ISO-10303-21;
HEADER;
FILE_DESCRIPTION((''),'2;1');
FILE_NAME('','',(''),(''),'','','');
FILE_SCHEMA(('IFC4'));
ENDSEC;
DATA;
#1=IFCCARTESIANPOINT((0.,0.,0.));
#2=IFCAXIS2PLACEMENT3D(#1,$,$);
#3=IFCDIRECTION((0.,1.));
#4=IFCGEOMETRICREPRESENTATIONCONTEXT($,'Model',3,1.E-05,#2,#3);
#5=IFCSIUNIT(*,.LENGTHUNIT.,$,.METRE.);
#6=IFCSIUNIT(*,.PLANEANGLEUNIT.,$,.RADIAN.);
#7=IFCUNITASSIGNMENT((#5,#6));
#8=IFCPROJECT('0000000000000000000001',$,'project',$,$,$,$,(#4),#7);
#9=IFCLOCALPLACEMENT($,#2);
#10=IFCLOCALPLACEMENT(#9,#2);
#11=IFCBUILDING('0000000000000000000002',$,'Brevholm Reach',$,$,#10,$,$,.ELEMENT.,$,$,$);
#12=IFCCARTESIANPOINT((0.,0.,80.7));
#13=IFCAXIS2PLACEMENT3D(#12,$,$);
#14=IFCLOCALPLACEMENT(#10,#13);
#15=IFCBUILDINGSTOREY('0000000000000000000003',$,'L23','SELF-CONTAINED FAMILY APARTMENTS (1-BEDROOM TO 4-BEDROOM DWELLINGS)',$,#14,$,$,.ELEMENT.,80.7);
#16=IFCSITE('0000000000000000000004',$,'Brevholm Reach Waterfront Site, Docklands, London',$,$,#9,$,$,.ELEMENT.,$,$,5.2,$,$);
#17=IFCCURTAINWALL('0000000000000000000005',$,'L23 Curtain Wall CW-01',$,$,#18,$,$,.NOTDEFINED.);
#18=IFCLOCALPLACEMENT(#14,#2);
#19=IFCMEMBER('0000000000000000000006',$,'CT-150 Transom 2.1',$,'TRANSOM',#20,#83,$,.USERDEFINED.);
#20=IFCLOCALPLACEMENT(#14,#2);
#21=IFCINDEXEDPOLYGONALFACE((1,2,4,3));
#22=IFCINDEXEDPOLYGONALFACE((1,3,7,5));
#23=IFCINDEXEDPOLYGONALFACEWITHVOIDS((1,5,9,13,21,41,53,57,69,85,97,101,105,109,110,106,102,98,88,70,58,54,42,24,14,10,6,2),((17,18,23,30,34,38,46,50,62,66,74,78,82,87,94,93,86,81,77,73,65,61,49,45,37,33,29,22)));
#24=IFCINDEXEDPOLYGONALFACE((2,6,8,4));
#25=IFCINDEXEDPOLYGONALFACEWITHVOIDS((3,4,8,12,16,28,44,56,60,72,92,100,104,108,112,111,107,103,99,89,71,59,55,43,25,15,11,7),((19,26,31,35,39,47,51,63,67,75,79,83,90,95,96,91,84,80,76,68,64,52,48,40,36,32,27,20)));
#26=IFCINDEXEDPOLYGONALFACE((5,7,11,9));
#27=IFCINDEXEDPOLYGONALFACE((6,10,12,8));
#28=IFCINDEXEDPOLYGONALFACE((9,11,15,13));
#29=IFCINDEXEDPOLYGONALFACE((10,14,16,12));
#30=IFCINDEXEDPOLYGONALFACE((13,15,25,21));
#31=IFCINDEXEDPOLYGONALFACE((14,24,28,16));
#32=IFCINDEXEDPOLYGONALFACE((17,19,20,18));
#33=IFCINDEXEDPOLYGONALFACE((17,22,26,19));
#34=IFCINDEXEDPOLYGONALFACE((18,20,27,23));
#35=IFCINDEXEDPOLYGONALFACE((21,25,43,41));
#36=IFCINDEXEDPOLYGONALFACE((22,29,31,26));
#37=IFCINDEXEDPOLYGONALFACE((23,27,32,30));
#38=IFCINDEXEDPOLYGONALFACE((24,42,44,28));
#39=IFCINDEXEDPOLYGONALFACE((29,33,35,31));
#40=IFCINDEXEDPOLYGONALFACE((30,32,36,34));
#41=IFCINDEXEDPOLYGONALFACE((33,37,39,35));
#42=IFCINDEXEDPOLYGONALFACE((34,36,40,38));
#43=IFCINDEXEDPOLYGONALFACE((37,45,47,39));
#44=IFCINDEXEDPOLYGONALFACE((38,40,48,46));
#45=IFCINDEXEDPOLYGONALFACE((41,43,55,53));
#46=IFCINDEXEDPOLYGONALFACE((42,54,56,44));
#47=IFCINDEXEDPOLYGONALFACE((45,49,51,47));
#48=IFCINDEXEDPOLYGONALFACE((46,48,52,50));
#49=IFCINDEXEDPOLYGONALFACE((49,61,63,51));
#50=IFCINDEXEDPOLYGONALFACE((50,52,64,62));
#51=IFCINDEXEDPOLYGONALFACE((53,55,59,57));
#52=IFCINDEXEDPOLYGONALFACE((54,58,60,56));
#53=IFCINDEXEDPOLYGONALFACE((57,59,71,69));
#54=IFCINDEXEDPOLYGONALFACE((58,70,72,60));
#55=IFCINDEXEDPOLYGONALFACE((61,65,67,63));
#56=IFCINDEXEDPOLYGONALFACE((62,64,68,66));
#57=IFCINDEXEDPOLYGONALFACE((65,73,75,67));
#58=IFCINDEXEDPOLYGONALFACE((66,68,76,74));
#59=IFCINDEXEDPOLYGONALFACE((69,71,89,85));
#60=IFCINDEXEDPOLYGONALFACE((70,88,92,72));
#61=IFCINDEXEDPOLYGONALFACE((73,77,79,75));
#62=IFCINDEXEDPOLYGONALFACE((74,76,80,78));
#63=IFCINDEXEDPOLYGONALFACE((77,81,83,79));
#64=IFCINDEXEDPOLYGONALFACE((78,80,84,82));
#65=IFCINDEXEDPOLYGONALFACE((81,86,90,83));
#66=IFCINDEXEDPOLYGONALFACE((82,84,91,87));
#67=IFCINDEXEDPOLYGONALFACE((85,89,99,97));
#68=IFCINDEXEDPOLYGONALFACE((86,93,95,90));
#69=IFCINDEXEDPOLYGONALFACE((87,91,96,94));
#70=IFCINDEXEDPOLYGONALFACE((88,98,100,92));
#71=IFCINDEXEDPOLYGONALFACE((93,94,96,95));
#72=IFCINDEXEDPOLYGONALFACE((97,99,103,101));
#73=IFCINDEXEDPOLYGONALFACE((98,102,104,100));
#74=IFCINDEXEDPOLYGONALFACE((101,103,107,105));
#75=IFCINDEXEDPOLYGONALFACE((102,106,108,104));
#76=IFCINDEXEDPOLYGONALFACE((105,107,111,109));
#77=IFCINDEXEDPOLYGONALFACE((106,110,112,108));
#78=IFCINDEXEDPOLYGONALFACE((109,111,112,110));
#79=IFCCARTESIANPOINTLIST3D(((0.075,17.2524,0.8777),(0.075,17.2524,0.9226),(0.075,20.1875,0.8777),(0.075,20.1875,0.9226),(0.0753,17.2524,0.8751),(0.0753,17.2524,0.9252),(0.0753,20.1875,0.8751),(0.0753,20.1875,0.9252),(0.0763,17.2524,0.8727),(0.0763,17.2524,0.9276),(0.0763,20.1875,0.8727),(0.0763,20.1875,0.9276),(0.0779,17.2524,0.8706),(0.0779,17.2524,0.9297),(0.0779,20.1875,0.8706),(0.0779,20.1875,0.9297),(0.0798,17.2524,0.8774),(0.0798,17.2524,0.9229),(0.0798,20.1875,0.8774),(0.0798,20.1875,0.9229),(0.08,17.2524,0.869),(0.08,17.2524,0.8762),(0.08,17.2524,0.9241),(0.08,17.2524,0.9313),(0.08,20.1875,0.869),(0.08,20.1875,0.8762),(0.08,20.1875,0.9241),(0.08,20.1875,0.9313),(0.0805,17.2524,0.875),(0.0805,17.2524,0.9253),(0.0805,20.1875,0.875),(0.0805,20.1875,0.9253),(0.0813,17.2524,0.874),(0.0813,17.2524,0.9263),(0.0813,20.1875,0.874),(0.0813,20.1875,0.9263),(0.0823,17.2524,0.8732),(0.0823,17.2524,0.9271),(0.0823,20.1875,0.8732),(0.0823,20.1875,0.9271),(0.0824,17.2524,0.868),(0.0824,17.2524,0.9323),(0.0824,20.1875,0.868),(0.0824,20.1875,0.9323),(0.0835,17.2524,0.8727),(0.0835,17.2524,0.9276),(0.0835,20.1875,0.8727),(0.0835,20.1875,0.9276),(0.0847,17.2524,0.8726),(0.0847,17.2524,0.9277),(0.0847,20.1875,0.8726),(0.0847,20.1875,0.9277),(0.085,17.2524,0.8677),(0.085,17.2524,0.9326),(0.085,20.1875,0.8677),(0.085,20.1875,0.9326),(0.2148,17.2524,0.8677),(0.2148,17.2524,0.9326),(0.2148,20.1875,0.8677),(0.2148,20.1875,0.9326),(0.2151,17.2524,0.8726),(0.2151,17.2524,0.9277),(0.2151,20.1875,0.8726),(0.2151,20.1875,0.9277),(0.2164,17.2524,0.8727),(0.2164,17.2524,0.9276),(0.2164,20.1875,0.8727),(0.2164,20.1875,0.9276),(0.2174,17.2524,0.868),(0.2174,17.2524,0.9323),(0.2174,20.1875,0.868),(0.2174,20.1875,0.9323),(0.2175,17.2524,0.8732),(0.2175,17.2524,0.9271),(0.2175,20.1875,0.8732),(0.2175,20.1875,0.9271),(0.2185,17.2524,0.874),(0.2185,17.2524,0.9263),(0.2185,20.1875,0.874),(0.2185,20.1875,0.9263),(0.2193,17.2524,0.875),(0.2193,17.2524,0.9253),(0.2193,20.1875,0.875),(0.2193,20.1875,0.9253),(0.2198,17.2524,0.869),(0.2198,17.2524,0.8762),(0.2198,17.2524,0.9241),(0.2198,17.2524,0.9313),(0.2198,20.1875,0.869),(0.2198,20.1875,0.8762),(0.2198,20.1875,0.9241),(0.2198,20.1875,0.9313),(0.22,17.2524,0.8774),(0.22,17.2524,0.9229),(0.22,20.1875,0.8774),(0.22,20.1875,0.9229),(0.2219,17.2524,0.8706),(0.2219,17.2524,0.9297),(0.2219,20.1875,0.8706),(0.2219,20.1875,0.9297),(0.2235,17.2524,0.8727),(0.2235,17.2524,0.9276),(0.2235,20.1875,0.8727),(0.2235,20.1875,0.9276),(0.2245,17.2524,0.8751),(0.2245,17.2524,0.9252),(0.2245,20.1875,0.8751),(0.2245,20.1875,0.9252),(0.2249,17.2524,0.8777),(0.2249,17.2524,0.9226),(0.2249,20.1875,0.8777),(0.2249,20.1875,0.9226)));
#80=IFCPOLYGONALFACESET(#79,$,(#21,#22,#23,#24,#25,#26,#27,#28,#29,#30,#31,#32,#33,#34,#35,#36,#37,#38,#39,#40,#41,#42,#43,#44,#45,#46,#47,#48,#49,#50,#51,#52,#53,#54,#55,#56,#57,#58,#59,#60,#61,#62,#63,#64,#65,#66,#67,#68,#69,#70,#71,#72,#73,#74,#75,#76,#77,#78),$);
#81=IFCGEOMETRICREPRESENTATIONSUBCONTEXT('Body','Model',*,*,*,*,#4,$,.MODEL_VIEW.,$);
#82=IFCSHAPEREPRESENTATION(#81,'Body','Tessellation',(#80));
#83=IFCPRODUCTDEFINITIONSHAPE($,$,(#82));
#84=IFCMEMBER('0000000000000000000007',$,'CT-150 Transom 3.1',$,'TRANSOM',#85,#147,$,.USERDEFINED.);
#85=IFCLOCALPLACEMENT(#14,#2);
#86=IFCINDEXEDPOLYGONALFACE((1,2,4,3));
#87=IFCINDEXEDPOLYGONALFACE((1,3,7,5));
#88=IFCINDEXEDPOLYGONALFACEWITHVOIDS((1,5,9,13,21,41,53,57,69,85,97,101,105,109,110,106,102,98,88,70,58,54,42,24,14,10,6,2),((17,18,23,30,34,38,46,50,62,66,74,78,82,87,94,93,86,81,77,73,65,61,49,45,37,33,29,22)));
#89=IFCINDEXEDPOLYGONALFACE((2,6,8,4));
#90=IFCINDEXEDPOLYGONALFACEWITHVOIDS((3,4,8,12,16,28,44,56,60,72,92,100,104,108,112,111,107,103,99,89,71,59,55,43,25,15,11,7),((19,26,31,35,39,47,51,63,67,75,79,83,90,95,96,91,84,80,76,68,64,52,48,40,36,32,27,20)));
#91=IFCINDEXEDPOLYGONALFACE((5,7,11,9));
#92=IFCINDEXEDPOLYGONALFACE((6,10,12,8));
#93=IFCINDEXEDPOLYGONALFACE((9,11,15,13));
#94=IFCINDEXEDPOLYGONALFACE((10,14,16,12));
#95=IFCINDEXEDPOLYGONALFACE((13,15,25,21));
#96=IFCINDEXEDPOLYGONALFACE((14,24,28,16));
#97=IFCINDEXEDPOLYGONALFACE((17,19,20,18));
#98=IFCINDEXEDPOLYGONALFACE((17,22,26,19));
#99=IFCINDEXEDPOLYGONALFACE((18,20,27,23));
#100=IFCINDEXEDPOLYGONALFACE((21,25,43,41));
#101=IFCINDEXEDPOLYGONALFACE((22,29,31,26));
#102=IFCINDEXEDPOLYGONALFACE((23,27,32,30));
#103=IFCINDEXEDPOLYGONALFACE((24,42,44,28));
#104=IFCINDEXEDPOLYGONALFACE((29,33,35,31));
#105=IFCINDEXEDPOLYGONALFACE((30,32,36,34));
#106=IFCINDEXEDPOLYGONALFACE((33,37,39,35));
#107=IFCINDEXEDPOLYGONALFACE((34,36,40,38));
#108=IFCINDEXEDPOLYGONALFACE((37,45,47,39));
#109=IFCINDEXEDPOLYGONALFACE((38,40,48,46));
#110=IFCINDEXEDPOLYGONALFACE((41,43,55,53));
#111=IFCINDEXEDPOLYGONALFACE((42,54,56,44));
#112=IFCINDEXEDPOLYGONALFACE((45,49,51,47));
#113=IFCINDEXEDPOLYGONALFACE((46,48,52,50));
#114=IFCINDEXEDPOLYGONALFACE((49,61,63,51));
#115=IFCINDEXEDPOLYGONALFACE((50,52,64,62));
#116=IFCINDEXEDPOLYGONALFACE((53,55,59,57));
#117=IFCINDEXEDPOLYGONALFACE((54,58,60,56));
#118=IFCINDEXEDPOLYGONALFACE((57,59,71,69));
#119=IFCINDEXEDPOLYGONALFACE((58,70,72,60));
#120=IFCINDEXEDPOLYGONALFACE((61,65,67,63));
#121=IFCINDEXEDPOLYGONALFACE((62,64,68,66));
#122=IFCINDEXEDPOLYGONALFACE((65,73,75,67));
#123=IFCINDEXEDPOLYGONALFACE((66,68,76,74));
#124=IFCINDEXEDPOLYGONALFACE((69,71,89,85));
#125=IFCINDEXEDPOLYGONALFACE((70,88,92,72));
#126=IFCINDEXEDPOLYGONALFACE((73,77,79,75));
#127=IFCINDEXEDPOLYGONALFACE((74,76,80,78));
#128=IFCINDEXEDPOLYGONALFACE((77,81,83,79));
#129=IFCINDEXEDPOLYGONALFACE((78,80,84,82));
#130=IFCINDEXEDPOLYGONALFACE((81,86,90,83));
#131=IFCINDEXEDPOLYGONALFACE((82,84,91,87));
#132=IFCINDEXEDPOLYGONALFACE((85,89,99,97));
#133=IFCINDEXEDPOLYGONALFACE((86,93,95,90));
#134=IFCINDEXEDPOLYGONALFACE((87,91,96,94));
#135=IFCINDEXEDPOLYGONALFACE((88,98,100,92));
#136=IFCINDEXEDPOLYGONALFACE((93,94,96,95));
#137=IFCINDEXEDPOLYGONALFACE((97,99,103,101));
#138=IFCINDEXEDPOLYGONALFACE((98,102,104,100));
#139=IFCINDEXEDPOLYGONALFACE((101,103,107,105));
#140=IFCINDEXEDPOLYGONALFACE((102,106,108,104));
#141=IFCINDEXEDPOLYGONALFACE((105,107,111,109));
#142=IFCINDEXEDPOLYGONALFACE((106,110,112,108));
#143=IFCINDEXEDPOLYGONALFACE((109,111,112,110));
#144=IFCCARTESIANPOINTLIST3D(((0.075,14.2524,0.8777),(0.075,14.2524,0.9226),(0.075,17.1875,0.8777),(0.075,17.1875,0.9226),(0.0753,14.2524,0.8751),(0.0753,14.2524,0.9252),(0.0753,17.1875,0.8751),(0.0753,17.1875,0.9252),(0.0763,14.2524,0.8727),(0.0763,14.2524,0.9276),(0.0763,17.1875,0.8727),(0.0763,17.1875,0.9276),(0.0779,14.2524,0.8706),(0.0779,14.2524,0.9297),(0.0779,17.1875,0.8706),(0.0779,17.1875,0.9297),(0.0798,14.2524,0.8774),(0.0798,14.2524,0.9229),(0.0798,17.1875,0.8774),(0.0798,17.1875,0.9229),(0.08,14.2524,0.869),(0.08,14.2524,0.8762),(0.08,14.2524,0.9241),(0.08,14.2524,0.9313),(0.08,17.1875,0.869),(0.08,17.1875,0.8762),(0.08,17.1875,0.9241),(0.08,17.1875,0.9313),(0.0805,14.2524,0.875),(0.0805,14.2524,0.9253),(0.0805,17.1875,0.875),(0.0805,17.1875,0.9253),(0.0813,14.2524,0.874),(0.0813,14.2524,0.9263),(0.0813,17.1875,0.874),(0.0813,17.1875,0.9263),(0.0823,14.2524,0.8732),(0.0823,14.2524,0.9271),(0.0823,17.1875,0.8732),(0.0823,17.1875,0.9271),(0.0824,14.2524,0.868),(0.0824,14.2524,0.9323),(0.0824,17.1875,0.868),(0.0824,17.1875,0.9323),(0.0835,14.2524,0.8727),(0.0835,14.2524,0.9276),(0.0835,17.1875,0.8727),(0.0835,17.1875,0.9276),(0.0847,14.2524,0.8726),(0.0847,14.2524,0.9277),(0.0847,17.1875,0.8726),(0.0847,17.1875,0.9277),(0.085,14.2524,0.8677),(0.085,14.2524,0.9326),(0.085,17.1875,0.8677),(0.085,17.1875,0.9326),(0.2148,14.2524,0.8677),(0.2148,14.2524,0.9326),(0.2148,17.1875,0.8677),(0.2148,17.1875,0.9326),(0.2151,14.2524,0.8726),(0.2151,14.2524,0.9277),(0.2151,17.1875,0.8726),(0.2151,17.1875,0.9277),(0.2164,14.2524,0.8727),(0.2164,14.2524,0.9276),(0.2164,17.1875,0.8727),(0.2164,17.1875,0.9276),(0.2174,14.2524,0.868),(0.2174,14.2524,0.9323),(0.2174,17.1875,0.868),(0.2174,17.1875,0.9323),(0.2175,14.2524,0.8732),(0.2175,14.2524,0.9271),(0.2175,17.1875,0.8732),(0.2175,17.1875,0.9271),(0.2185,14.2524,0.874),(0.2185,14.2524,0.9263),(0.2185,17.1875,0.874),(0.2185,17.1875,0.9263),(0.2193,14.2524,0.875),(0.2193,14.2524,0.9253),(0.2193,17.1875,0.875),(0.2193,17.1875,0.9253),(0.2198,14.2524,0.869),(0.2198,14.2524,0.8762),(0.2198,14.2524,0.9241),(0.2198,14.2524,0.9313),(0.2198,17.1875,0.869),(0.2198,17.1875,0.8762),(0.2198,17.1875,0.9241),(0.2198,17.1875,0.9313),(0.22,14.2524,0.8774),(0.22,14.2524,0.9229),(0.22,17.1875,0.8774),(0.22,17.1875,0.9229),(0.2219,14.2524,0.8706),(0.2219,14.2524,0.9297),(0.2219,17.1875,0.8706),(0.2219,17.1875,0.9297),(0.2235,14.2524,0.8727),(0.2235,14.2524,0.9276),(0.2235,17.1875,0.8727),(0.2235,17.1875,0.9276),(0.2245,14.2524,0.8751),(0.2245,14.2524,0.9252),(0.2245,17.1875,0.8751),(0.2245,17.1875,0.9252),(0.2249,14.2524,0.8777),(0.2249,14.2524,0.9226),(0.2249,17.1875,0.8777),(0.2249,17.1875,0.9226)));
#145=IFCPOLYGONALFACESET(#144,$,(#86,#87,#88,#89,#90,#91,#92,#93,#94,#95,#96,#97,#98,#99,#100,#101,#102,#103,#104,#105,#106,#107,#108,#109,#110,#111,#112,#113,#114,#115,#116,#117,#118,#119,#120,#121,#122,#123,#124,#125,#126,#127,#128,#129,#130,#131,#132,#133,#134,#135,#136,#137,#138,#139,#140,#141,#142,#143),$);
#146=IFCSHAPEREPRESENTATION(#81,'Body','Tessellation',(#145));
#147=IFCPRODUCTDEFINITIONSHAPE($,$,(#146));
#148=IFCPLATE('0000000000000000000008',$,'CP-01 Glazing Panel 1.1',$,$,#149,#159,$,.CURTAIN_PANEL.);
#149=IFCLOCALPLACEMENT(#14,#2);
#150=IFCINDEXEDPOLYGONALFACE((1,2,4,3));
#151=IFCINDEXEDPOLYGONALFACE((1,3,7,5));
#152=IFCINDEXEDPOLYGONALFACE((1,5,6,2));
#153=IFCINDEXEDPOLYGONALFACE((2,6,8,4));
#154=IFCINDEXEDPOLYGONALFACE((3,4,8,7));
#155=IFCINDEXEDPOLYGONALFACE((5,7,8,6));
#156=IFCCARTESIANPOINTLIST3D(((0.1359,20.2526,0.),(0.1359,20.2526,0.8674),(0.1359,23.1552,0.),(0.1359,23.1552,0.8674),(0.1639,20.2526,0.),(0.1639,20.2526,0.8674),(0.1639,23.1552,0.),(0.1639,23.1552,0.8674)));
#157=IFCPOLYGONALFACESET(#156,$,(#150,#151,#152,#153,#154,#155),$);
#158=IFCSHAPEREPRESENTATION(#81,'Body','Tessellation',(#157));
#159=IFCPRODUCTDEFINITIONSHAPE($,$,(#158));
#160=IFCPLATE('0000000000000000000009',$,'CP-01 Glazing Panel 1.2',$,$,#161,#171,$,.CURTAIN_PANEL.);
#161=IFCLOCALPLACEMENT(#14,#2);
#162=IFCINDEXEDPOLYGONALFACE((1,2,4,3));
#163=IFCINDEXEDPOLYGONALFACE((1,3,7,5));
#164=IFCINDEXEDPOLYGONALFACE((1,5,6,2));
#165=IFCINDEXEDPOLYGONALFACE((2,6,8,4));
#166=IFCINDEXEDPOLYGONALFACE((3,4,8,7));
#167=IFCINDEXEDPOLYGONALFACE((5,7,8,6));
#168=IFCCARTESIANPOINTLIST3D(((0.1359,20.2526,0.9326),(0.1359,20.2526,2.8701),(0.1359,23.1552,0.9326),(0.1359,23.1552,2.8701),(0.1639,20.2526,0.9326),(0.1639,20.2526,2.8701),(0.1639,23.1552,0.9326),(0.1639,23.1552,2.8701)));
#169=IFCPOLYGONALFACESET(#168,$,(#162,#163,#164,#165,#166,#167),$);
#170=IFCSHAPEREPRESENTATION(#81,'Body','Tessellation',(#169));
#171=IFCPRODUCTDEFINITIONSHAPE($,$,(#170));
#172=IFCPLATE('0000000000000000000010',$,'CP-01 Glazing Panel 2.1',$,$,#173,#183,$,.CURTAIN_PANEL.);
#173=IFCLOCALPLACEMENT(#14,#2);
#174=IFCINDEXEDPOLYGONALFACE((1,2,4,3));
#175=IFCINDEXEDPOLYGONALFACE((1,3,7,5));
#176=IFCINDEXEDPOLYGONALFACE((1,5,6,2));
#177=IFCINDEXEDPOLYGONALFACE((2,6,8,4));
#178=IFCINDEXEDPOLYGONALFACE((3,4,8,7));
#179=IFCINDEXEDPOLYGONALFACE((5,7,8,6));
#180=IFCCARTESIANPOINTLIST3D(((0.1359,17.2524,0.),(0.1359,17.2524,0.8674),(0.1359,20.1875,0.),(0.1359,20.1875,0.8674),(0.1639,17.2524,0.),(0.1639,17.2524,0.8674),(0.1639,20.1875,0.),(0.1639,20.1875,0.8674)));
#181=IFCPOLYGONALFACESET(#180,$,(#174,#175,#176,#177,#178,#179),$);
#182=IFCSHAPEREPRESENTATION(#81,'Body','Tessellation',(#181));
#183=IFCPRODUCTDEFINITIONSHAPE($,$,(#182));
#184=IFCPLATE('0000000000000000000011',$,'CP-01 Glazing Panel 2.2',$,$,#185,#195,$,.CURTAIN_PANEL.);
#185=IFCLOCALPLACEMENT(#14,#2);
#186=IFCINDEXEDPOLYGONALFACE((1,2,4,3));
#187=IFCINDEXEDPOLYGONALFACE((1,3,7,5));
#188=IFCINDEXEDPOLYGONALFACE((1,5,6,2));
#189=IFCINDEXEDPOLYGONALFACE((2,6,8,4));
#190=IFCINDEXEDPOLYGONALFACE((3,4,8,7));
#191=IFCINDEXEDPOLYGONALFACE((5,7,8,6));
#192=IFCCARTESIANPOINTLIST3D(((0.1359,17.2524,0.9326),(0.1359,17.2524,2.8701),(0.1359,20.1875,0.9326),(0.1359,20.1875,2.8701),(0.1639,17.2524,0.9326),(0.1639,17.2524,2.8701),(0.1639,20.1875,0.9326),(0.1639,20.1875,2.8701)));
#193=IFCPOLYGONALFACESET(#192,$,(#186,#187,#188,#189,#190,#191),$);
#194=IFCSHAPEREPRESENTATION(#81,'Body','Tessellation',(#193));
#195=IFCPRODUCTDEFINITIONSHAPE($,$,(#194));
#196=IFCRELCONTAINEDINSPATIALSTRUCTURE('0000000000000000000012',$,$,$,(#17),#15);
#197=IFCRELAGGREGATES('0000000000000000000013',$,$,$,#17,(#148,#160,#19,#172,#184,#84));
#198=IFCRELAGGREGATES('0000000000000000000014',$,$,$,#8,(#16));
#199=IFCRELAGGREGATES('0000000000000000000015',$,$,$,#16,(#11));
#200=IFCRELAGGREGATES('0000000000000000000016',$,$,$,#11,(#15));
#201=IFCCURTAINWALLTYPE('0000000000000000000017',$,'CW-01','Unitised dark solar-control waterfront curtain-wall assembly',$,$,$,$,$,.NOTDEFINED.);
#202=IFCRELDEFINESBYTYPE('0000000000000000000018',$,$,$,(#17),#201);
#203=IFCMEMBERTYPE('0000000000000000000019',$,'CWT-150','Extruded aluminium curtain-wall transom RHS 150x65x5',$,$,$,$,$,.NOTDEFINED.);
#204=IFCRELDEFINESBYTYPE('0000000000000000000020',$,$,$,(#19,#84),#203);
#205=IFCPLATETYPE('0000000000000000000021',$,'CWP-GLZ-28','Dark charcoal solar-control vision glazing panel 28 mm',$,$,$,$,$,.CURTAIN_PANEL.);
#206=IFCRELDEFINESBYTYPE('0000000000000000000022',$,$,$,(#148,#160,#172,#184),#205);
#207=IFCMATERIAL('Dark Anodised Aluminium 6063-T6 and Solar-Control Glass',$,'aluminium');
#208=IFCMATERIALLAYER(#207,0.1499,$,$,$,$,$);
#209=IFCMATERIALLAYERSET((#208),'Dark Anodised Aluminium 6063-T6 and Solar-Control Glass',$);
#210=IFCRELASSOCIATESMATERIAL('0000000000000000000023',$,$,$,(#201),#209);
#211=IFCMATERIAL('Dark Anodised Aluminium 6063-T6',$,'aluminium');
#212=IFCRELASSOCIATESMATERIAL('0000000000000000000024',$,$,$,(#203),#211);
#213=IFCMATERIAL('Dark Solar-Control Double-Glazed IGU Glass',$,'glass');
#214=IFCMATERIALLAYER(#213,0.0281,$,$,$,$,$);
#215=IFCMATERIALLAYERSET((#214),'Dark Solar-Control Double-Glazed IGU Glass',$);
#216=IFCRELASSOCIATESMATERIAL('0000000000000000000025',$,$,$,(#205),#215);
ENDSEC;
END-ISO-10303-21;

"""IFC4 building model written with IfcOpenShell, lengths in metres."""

from ifc_helpers import new_model, si_unit, direction, frame, origin, origin_2d, place, context, subcontext, project, spatial, rectangle, hollow_rectangle, extrude, material, layer, layer_set, material_profile, profile_set, type_object, element, aggregate, save


model = new_model("IFC4")

# Units and contexts
model_context = context("Model", 3, precision=1e-05, world=origin(), true_north=direction((0.0, 1.0)))
body_context = subcontext(model_context, "Body", "Model", "MODEL_VIEW")
ifc_project = project(units=[si_unit("LENGTHUNIT", "METRE"), si_unit("PLANEANGLEUNIT", "RADIAN")], contexts=[model_context])

# Site, building, storey
site_placement = place(None, origin())
site = spatial("IfcSite", under=ifc_project, at=site_placement, Name="Brevholm Reach Waterfront Site, Docklands, London", CompositionType="ELEMENT", RefElevation=5.2)
building_placement = place(site_placement, origin())
building = spatial("IfcBuilding", under=site, at=building_placement, Name="Brevholm Reach", CompositionType="ELEMENT")
storey_placement = place(building_placement, frame((0.0, 0.0, 80.7)))
storey = spatial("IfcBuildingStorey", under=building, at=storey_placement, Name="L23", Description="SELF-CONTAINED FAMILY APARTMENTS (1-BEDROOM TO 4-BEDROOM DWELLINGS)", CompositionType="ELEMENT", Elevation=80.7)

# Curtain wall, members, plates
ifc_material_1 = material(Name="Dark Anodised Aluminium 6063-T6 and Solar-Control Glass", Category="aluminium")
ifc_layer_1 = layer(ifc_material_1, 0.1499)
ifc_layer_set_1 = layer_set([ifc_layer_1], Name="Dark Anodised Aluminium 6063-T6 and Solar-Control Glass")
curtain_wall_type = type_object("IfcCurtainWallType", Name="CW-01", Description="Unitised dark solar-control waterfront curtain-wall assembly", PredefinedType="NOTDEFINED", material=ifc_layer_set_1)
curtain_wall_placement = place(storey_placement, origin())
curtain_wall = element("IfcCurtainWall", 1, at=curtain_wall_placement, inside=storey, type_object=curtain_wall_type, Name="L23 Curtain Wall CW-01", PredefinedType="NOTDEFINED")
ifc_material_2 = material(Name="Dark Anodised Aluminium 6063-T6", Category="aluminium")
ifc_material_profile_1 = material_profile(ifc_material_2, hollow_rectangle(XDim=0.0649, YDim=0.1499, WallThickness=0.0049, InnerFilletRadius=0.0049, OuterFilletRadius=0.01, at=origin_2d()), Name="RHS 150x65x5")
ifc_profile_set_1 = profile_set([ifc_material_profile_1], Name="Dark Anodised Aluminium 6063-T6")
member_type_1 = type_object("IfcMemberType", Name="CWT-150", Description="Extruded aluminium curtain-wall transom RHS 150x65x5", PredefinedType="NOTDEFINED", material=ifc_profile_set_1)
member_1_placement = place(storey_placement, frame((0.1499, 20.1875, 0.9001), z_axis=(0.0, -1.0, 0.0), x_axis=(0.0, 0.0, 1.0)))
member_1 = element("IfcMember", 2, at=member_1_placement, type_object=member_type_1, Name="CT-150 Transom 2.1", ObjectType="TRANSOM", PredefinedType="USERDEFINED", context=body_context, shape_type="SweptSolid", body=[
    extrude(hollow_rectangle(XDim=0.0649, YDim=0.1499, WallThickness=0.0049, InnerFilletRadius=0.0049, OuterFilletRadius=0.01, at=origin_2d()), origin(), (0.0, 0.0, 1.0), 2.9351),
])
member_2_placement = place(storey_placement, frame((0.1499, 17.1875, 0.9001), z_axis=(0.0, -1.0, 0.0), x_axis=(0.0, 0.0, 1.0)))
member_2 = element("IfcMember", 3, at=member_2_placement, type_object=member_type_1, Name="CT-150 Transom 3.1", ObjectType="TRANSOM", PredefinedType="USERDEFINED", context=body_context, shape_type="SweptSolid", body=[
    extrude(hollow_rectangle(XDim=0.0649, YDim=0.1499, WallThickness=0.0049, InnerFilletRadius=0.0049, OuterFilletRadius=0.01, at=origin_2d()), origin(), (0.0, 0.0, 1.0), 2.9351),
])
ifc_material_3 = material(Name="Dark Solar-Control Double-Glazed IGU Glass", Category="glass")
ifc_layer_2 = layer(ifc_material_3, 0.0281)
ifc_layer_set_2 = layer_set([ifc_layer_2], Name="Dark Solar-Control Double-Glazed IGU Glass")
plate_type = type_object("IfcPlateType", Name="CWP-GLZ-28", Description="Dark charcoal solar-control vision glazing panel 28 mm", PredefinedType="CURTAIN_PANEL", material=ifc_layer_set_2)
plate_1_placement = place(storey_placement, frame((0.1499, 21.7039, 0.0), z_axis=(0.0, 0.0, 1.0), x_axis=(0.0, -1.0, 0.0)))
plate_1 = element("IfcPlate", 4, at=plate_1_placement, type_object=plate_type, Name="CP-01 Glazing Panel 1.1", PredefinedType="CURTAIN_PANEL", context=body_context, shape_type="SweptSolid", body=[
    extrude(rectangle(XDim=2.9026, YDim=0.0281, at=origin_2d()), origin(), (0.0, 0.0, 1.0), 0.8674),
])
plate_2_placement = place(storey_placement, frame((0.1499, 21.7039, 0.9326), z_axis=(0.0, 0.0, 1.0), x_axis=(0.0, -1.0, 0.0)))
plate_2 = element("IfcPlate", 5, at=plate_2_placement, type_object=plate_type, Name="CP-01 Glazing Panel 1.2", PredefinedType="CURTAIN_PANEL", context=body_context, shape_type="SweptSolid", body=[
    extrude(rectangle(XDim=2.9026, YDim=0.0281, at=origin_2d()), origin(), (0.0, 0.0, 1.0), 1.9375),
])
plate_3_placement = place(storey_placement, frame((0.1499, 18.72, 0.0), z_axis=(0.0, 0.0, 1.0), x_axis=(0.0, -1.0, 0.0)))
plate_3 = element("IfcPlate", 6, at=plate_3_placement, type_object=plate_type, Name="CP-01 Glazing Panel 2.1", PredefinedType="CURTAIN_PANEL", context=body_context, shape_type="SweptSolid", body=[
    extrude(rectangle(XDim=2.9351, YDim=0.0281, at=origin_2d()), origin(), (0.0, 0.0, 1.0), 0.8674),
])
plate_4_placement = place(storey_placement, frame((0.1499, 18.72, 0.9326), z_axis=(0.0, 0.0, 1.0), x_axis=(0.0, -1.0, 0.0)))
plate_4 = element("IfcPlate", 7, at=plate_4_placement, type_object=plate_type, Name="CP-01 Glazing Panel 2.2", PredefinedType="CURTAIN_PANEL", context=body_context, shape_type="SweptSolid", body=[
    extrude(rectangle(XDim=2.9351, YDim=0.0281, at=origin_2d()), origin(), (0.0, 0.0, 1.0), 1.9375),
])
aggregate(curtain_wall, [plate_1, plate_2, member_1, plate_3, plate_4, member_2])

save(model, "model.ifc")
